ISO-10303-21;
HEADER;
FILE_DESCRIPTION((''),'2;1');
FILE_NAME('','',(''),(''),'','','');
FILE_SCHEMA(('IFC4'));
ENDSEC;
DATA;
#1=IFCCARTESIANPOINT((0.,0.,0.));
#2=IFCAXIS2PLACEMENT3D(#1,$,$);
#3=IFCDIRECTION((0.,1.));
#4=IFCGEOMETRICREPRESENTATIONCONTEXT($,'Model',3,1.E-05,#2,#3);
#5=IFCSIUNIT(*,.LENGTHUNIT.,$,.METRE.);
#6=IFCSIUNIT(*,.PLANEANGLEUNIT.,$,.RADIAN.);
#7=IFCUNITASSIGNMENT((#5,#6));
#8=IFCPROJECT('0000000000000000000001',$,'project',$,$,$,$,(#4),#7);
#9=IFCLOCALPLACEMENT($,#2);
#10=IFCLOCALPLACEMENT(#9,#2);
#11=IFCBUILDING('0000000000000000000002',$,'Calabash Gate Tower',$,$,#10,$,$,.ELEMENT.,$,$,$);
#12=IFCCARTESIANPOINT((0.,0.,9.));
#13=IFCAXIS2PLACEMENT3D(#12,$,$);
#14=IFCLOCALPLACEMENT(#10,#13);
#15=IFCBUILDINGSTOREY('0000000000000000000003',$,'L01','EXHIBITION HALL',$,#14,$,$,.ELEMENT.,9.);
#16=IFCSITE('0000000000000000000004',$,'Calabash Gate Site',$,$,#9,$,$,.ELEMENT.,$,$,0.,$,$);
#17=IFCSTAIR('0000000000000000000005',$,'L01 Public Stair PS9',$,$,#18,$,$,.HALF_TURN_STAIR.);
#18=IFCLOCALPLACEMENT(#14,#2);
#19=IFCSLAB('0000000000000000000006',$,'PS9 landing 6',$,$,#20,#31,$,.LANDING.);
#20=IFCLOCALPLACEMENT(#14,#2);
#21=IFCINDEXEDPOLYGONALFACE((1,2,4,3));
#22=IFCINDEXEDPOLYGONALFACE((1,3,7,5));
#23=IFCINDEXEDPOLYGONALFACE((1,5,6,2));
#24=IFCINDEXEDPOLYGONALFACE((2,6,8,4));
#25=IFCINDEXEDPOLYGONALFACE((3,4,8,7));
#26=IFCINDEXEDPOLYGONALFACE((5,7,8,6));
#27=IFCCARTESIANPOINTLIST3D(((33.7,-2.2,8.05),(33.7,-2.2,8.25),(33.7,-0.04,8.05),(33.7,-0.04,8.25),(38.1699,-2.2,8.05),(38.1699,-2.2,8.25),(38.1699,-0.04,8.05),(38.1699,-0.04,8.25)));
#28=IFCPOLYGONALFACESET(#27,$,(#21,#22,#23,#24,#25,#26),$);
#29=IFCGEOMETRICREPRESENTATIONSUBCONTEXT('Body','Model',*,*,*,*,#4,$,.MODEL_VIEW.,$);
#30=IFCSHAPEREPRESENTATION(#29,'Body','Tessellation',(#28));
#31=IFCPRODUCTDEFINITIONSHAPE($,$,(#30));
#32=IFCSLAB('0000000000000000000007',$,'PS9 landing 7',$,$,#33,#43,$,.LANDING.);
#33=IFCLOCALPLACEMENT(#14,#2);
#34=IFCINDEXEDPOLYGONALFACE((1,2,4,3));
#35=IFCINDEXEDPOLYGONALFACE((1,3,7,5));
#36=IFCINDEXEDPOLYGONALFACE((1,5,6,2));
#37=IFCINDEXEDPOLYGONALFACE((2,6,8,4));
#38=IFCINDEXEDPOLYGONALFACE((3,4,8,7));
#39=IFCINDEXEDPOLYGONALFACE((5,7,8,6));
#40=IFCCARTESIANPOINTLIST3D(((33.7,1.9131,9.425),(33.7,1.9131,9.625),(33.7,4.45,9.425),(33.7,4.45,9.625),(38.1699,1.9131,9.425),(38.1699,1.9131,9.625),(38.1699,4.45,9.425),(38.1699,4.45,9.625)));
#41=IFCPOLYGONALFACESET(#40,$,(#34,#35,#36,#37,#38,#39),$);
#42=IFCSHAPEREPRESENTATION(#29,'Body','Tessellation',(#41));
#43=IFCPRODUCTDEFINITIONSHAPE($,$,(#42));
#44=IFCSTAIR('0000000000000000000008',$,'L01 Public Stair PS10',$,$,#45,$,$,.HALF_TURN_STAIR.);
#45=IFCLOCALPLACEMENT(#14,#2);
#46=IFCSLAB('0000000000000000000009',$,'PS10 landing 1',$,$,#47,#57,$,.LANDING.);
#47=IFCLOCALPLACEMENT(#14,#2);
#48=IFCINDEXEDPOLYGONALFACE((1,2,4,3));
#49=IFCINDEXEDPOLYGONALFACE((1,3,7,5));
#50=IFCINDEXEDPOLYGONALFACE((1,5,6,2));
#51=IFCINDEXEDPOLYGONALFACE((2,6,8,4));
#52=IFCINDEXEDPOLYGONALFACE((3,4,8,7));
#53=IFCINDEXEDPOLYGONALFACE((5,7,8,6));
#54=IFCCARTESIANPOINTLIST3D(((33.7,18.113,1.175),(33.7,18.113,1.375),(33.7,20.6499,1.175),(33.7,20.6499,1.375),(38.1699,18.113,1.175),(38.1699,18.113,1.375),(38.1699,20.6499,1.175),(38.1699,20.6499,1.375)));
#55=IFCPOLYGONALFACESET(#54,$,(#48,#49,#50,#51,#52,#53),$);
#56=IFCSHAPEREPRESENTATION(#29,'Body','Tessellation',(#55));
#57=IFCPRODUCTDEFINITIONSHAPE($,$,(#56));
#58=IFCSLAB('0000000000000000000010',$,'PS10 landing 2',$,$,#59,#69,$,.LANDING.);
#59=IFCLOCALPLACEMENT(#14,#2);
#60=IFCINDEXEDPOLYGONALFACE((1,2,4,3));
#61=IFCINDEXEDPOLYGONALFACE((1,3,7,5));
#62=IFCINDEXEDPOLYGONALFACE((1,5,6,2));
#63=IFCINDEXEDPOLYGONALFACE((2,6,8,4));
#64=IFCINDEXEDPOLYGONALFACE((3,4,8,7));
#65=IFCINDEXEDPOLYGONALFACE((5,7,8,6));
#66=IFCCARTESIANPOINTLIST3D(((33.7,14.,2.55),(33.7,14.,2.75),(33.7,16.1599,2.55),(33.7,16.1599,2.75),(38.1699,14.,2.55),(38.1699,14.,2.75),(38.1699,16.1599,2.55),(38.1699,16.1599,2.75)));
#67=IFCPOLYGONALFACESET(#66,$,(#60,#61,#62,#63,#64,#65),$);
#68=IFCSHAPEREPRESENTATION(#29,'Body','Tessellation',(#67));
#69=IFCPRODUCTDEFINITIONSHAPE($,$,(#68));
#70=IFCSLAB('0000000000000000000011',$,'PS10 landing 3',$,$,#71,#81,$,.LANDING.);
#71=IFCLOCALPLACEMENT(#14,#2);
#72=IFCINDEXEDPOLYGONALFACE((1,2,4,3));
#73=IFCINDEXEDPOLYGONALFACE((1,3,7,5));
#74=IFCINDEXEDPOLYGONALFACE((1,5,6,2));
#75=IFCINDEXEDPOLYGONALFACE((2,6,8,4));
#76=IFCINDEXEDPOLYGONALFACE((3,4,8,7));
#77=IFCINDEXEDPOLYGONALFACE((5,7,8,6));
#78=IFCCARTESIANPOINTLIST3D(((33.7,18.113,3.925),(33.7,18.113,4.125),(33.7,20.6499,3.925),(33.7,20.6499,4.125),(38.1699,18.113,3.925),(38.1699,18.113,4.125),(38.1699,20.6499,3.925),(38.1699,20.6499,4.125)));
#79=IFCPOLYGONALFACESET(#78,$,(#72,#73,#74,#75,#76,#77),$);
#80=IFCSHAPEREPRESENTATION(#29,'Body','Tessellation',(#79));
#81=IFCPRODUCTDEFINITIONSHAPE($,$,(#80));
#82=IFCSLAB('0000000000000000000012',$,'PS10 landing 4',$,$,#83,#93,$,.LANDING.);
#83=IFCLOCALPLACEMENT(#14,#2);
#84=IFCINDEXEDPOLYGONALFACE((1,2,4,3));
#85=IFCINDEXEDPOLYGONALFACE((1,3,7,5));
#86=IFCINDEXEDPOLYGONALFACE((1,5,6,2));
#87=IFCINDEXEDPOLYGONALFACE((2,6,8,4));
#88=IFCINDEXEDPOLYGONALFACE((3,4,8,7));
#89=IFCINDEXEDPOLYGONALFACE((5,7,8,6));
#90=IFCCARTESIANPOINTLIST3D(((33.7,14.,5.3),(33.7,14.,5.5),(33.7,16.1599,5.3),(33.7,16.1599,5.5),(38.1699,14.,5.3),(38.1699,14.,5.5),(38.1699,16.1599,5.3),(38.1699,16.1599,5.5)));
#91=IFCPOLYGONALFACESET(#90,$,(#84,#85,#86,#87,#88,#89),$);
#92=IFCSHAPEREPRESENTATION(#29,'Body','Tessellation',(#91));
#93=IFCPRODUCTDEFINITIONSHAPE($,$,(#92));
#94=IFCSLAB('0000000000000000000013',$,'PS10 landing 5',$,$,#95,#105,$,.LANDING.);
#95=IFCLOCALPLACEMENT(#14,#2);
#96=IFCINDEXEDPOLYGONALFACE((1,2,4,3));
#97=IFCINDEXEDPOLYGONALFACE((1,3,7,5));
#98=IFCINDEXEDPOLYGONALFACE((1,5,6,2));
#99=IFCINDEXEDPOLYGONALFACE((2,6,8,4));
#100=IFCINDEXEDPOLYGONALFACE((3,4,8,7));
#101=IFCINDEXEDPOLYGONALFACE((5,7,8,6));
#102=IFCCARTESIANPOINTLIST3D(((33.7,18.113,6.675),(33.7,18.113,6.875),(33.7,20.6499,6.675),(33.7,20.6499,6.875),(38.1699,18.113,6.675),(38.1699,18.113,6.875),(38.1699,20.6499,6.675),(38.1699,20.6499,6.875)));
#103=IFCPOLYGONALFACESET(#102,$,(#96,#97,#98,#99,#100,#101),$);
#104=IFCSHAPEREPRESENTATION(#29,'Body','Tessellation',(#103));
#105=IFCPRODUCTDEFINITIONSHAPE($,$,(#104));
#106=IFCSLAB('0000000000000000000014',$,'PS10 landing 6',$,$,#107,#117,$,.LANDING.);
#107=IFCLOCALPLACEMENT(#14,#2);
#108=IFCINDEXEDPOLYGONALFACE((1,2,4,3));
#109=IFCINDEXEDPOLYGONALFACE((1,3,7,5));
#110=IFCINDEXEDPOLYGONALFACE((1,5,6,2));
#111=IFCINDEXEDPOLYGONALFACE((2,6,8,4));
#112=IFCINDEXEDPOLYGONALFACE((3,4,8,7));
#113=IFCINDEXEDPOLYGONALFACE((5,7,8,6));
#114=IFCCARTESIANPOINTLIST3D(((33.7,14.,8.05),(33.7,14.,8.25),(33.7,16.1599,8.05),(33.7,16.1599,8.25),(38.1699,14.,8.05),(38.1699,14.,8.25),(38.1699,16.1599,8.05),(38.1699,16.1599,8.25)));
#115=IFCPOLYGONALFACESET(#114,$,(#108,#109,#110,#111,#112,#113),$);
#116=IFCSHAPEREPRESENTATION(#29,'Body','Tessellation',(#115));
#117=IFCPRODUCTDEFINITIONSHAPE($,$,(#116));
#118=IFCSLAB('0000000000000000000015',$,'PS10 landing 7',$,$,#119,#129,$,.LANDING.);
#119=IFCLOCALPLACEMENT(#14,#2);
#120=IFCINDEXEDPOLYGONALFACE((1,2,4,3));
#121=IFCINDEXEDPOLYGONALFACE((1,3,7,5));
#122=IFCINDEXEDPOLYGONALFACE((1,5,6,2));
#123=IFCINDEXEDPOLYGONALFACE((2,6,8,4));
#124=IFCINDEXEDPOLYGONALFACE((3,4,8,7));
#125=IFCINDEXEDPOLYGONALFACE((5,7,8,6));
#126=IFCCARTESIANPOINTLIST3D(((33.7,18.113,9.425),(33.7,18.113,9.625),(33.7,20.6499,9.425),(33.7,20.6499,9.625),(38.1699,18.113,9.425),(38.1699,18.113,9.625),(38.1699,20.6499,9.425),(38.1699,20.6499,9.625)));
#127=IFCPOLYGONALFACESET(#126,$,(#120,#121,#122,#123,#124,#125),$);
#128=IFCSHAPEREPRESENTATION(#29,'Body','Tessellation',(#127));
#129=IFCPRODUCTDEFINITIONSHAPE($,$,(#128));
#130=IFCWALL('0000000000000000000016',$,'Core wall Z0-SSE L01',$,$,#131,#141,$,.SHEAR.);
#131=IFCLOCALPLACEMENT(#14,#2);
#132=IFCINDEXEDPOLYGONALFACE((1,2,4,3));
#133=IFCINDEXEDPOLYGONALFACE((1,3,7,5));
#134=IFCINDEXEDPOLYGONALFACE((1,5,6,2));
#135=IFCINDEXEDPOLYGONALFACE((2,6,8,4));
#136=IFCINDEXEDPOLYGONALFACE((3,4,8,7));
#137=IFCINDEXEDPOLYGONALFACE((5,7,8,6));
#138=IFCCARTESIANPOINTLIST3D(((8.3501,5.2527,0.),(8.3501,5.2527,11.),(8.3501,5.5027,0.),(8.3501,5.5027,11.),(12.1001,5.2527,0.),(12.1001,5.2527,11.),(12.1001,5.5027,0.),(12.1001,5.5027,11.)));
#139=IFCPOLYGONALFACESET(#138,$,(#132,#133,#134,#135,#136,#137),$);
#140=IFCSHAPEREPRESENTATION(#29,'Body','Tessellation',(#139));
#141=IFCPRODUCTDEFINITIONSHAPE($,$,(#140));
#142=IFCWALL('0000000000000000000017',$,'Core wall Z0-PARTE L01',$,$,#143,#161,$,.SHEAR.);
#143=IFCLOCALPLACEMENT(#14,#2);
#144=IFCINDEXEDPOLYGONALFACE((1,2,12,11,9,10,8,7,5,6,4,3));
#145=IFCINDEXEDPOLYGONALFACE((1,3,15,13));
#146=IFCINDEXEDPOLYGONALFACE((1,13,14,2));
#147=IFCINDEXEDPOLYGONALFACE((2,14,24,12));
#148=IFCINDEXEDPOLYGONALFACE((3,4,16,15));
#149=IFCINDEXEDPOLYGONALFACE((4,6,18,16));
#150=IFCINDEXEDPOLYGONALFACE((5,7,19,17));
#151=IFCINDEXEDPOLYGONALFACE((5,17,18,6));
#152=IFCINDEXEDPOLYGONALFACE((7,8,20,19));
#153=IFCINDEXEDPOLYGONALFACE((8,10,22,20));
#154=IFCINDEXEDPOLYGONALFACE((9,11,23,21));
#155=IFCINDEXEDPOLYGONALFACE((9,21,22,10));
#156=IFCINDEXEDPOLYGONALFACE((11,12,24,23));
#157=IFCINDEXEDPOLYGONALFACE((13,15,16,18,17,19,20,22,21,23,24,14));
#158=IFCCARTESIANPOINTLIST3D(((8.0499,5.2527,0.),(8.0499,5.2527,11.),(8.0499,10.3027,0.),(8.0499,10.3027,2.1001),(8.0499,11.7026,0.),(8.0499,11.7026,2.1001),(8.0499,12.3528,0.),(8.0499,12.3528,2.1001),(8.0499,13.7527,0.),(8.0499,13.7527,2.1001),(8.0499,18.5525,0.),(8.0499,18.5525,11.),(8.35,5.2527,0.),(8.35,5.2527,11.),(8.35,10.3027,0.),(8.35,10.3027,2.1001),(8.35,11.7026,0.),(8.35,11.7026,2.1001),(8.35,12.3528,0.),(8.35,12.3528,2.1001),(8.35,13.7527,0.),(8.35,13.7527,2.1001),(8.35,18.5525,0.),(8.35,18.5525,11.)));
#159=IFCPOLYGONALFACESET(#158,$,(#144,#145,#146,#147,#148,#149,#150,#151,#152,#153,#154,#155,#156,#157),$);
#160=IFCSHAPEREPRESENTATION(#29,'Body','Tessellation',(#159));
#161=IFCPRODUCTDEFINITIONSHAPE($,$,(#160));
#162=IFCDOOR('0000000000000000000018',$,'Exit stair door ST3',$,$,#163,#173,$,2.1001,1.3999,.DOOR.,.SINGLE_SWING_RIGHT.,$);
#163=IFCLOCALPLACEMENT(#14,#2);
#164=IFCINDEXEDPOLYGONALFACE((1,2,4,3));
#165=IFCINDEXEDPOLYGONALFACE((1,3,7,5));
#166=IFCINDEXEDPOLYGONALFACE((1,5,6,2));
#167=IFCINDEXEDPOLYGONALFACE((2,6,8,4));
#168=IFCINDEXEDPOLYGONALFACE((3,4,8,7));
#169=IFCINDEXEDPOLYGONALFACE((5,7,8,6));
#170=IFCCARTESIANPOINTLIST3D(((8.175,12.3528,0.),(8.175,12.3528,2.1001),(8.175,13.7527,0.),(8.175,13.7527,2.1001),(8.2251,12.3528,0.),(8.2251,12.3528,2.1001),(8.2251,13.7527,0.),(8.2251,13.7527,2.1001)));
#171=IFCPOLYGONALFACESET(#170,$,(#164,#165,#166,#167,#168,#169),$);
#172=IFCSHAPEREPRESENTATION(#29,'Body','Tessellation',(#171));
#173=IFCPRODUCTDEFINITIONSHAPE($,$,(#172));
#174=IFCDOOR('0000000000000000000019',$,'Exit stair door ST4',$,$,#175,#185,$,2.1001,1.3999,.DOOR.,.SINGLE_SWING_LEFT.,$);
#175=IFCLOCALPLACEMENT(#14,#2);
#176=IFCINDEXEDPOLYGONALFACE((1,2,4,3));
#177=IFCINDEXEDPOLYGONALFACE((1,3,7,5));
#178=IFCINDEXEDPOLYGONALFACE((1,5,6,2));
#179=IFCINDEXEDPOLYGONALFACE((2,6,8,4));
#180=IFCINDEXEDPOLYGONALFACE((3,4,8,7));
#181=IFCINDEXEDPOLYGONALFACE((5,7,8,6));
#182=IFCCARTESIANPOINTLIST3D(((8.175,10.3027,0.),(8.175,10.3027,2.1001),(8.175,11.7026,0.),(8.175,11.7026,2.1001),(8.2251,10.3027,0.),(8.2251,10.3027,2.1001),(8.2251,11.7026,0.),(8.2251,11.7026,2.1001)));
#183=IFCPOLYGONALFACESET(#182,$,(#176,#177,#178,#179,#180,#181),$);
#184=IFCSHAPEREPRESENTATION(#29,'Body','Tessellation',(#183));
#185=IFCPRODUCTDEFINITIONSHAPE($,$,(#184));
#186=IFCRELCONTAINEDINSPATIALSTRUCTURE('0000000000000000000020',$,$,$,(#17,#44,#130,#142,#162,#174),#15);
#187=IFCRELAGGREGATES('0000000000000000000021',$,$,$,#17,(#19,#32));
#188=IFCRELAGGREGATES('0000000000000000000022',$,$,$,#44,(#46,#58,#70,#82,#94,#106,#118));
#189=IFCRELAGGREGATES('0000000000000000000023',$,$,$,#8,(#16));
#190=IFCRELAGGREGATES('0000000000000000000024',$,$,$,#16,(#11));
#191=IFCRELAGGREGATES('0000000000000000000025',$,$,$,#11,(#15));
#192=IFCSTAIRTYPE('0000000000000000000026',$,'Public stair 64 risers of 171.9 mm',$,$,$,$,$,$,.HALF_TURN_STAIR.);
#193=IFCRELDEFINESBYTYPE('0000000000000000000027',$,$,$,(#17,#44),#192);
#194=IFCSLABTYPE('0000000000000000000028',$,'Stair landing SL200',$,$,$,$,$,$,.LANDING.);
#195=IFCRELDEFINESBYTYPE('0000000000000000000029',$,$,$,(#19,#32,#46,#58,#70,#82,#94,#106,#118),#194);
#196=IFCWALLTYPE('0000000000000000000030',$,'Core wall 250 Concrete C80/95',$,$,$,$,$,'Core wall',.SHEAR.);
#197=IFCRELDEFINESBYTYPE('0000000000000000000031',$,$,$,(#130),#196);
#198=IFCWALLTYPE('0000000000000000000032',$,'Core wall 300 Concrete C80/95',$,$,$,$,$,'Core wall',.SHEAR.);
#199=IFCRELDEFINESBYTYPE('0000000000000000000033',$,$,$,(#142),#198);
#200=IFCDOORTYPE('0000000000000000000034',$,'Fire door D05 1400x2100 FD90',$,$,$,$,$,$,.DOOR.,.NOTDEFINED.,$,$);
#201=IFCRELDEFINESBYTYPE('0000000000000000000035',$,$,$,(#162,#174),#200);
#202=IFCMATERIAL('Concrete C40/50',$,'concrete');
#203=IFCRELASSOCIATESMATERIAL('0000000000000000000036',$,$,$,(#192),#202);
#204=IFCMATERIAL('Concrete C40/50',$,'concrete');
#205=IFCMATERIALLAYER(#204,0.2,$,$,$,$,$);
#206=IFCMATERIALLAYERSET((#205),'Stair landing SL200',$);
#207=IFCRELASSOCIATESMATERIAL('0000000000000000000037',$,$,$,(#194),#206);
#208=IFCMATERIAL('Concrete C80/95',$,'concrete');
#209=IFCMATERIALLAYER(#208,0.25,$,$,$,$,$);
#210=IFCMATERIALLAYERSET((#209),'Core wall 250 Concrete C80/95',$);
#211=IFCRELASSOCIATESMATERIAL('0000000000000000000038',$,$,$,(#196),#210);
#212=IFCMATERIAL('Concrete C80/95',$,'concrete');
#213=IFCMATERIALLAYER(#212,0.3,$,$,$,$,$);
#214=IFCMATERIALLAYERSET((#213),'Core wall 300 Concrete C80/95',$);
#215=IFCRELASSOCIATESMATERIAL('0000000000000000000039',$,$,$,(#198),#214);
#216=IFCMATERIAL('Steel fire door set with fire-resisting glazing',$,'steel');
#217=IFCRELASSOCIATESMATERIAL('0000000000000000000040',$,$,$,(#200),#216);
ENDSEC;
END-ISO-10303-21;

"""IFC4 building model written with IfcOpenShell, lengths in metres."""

from ifc_helpers import new_model, si_unit, direction, frame, frame_2d, origin, place, context, subcontext, project, spatial, polyline, rectangle, outline, extrude, material, layer, layer_set, type_object, element, fill, aggregate, save


model = new_model("IFC4")

# Units and contexts
model_context = context("Model", 3, precision=1e-05, world=origin(), true_north=direction((0.0, 1.0)))
body_context = subcontext(model_context, "Body", "Model", "MODEL_VIEW")
ifc_project = project(units=[si_unit("LENGTHUNIT", "METRE"), si_unit("PLANEANGLEUNIT", "RADIAN")], contexts=[model_context])

# Site, building, storey
site_placement = place(None, origin())
site = spatial("IfcSite", under=ifc_project, at=site_placement, Name="Calabash Gate Site", CompositionType="ELEMENT", RefElevation=0.0)
building_placement = place(site_placement, origin())
building = spatial("IfcBuilding", under=site, at=building_placement, Name="Calabash Gate Tower", CompositionType="ELEMENT")
storey_placement = place(building_placement, frame((0.0, 0.0, 9.0)))
storey = spatial("IfcBuildingStorey", under=building, at=storey_placement, Name="L01", Description="EXHIBITION HALL", CompositionType="ELEMENT", Elevation=9.0)

# Stairs, slabs
ifc_material_1 = material(Name="Concrete C40/50", Category="concrete")
stair_type = type_object("IfcStairType", Name="Public stair 64 risers of 171.9 mm", PredefinedType="HALF_TURN_STAIR", material=ifc_material_1)
ifc_material_2 = material(Name="Concrete C40/50", Category="concrete")
ifc_layer_1 = layer(ifc_material_2, 0.2)
ifc_layer_set_1 = layer_set([ifc_layer_1], Name="Stair landing SL200")
slab_type = type_object("IfcSlabType", Name="Stair landing SL200", PredefinedType="LANDING", material=ifc_layer_set_1)
stair_1_placement = place(storey_placement, origin())
stair_1 = element("IfcStair", 1, at=stair_1_placement, inside=storey, type_object=stair_type, Name="L01 Public Stair PS9", PredefinedType="HALF_TURN_STAIR")
slab_1_placement = place(storey_placement, frame((0.0, 0.0, 8.05)))
slab_1 = element("IfcSlab", 2, at=slab_1_placement, type_object=slab_type, Name="PS9 landing 6", PredefinedType="LANDING", context=body_context, shape_type="SweptSolid", body=[
    extrude(outline(polyline([(38.1699, -2.2), (38.1699, -0.04), (33.7, -0.04), (33.7, -2.2), (38.1699, -2.2)])), origin(), (0.0, 0.0, 1.0), 0.2),
])
slab_2_placement = place(storey_placement, frame((0.0, 0.0, 9.425)))
slab_2 = element("IfcSlab", 3, at=slab_2_placement, type_object=slab_type, Name="PS9 landing 7", PredefinedType="LANDING", context=body_context, shape_type="SweptSolid", body=[
    extrude(outline(polyline([(38.1699, 1.9131), (38.1699, 4.45), (33.7, 4.45), (33.7, 1.9131), (38.1699, 1.9131)])), origin(), (0.0, 0.0, 1.0), 0.2),
])
aggregate(stair_1, [slab_1, slab_2])
stair_2_placement = place(storey_placement, origin())
stair_2 = element("IfcStair", 4, at=stair_2_placement, inside=storey, type_object=stair_type, Name="L01 Public Stair PS10", PredefinedType="HALF_TURN_STAIR")
slab_3_placement = place(storey_placement, frame((0.0, 0.0, 1.175)))
slab_3 = element("IfcSlab", 5, at=slab_3_placement, type_object=slab_type, Name="PS10 landing 1", PredefinedType="LANDING", context=body_context, shape_type="SweptSolid", body=[
    extrude(outline(polyline([(38.1699, 18.113), (38.1699, 20.6499), (33.7, 20.6499), (33.7, 18.113), (38.1699, 18.113)])), origin(), (0.0, 0.0, 1.0), 0.2),
])
slab_4_placement = place(storey_placement, frame((0.0, 0.0, 2.55)))
slab_4 = element("IfcSlab", 6, at=slab_4_placement, type_object=slab_type, Name="PS10 landing 2", PredefinedType="LANDING", context=body_context, shape_type="SweptSolid", body=[
    extrude(outline(polyline([(38.1699, 14.0), (38.1699, 16.1599), (33.7, 16.1599), (33.7, 14.0), (38.1699, 14.0)])), origin(), (0.0, 0.0, 1.0), 0.2),
])
slab_5_placement = place(storey_placement, frame((0.0, 0.0, 3.925)))
slab_5 = element("IfcSlab", 7, at=slab_5_placement, type_object=slab_type, Name="PS10 landing 3", PredefinedType="LANDING", context=body_context, shape_type="SweptSolid", body=[
    extrude(outline(polyline([(38.1699, 18.113), (38.1699, 20.6499), (33.7, 20.6499), (33.7, 18.113), (38.1699, 18.113)])), origin(), (0.0, 0.0, 1.0), 0.2),
])
slab_6_placement = place(storey_placement, frame((0.0, 0.0, 5.3)))
slab_6 = element("IfcSlab", 8, at=slab_6_placement, type_object=slab_type, Name="PS10 landing 4", PredefinedType="LANDING", context=body_context, shape_type="SweptSolid", body=[
    extrude(outline(polyline([(38.1699, 14.0), (38.1699, 16.1599), (33.7, 16.1599), (33.7, 14.0), (38.1699, 14.0)])), origin(), (0.0, 0.0, 1.0), 0.2),
])
slab_7_placement = place(storey_placement, frame((0.0, 0.0, 6.675)))
slab_7 = element("IfcSlab", 9, at=slab_7_placement, type_object=slab_type, Name="PS10 landing 5", PredefinedType="LANDING", context=body_context, shape_type="SweptSolid", body=[
    extrude(outline(polyline([(38.1699, 18.113), (38.1699, 20.6499), (33.7, 20.6499), (33.7, 18.113), (38.1699, 18.113)])), origin(), (0.0, 0.0, 1.0), 0.2),
])
slab_8_placement = place(storey_placement, frame((0.0, 0.0, 8.05)))
slab_8 = element("IfcSlab", 10, at=slab_8_placement, type_object=slab_type, Name="PS10 landing 6", PredefinedType="LANDING", context=body_context, shape_type="SweptSolid", body=[
    extrude(outline(polyline([(38.1699, 14.0), (38.1699, 16.1599), (33.7, 16.1599), (33.7, 14.0), (38.1699, 14.0)])), origin(), (0.0, 0.0, 1.0), 0.2),
])
slab_9_placement = place(storey_placement, frame((0.0, 0.0, 9.425)))
slab_9 = element("IfcSlab", 11, at=slab_9_placement, type_object=slab_type, Name="PS10 landing 7", PredefinedType="LANDING", context=body_context, shape_type="SweptSolid", body=[
    extrude(outline(polyline([(38.1699, 18.113), (38.1699, 20.6499), (33.7, 20.6499), (33.7, 18.113), (38.1699, 18.113)])), origin(), (0.0, 0.0, 1.0), 0.2),
])
aggregate(stair_2, [slab_3, slab_4, slab_5, slab_6, slab_7, slab_8, slab_9])

# Wall
ifc_material_3 = material(Name="Concrete C80/95", Category="concrete")
ifc_layer_2 = layer(ifc_material_3, 0.25)
ifc_layer_set_2 = layer_set([ifc_layer_2], Name="Core wall 250 Concrete C80/95")
wall_type_1 = type_object("IfcWallType", Name="Core wall 250 Concrete C80/95", ElementType="Core wall", PredefinedType="SHEAR", material=ifc_layer_set_2)
wall_1_placement = place(storey_placement, frame((8.3501, 5.3777, 0.0), z_axis=(0.0, 0.0, 1.0), x_axis=(1.0, 0.0, 0.0)))
element("IfcWall", 12, at=wall_1_placement, inside=storey, type_object=wall_type_1, Name="Core wall Z0-SSE L01", PredefinedType="SHEAR", context=body_context, shape_type="SweptSolid", body=[
    extrude(rectangle(XDim=3.75, YDim=0.25, at=frame_2d((1.875, 0.0))), origin(), (0.0, 0.0, 1.0), 11.0),
])

# Wall, openings, doors
ifc_material_4 = material(Name="Concrete C80/95", Category="concrete")
ifc_layer_3 = layer(ifc_material_4, 0.3)
ifc_layer_set_3 = layer_set([ifc_layer_3], Name="Core wall 300 Concrete C80/95")
wall_type_2 = type_object("IfcWallType", Name="Core wall 300 Concrete C80/95", ElementType="Core wall", PredefinedType="SHEAR", material=ifc_layer_set_3)
wall_2_placement = place(storey_placement, frame((8.2, 5.2527, 0.0), z_axis=(0.0, 0.0, 1.0), x_axis=(0.0, 1.0, 0.0)))
wall_2 = element("IfcWall", 13, at=wall_2_placement, inside=storey, type_object=wall_type_2, Name="Core wall Z0-PARTE L01", PredefinedType="SHEAR", context=body_context, shape_type="SweptSolid", body=[
    extrude(rectangle(XDim=13.2998, YDim=0.3, at=frame_2d((6.6499, 0.0))), origin(), (0.0, 0.0, 1.0), 11.0),
])
opening_1_placement = place(wall_2_placement, frame((7.1001, 0.0, 0.0)))
opening_1 = element("IfcOpeningElement", 14, at=opening_1_placement, cuts=wall_2, PredefinedType="OPENING", context=body_context, shape_type="SweptSolid", body=[
    extrude(rectangle(XDim=1.3999, YDim=2.1001, at=frame_2d((0.7, 1.05))), frame((0.0, 0.1599, 0.0), z_axis=(0.0, -1.0, 0.0), x_axis=(1.0, 0.0, 0.0)), (0.0, 0.0, 1.0), 0.3201),
])
opening_2_placement = place(wall_2_placement, frame((5.05, 0.0, 0.0)))
opening_2 = element("IfcOpeningElement", 15, at=opening_2_placement, cuts=wall_2, PredefinedType="OPENING", context=body_context, shape_type="SweptSolid", body=[
    extrude(rectangle(XDim=1.3999, YDim=2.1001, at=frame_2d((0.7, 1.05))), frame((0.0, 0.1599, 0.0), z_axis=(0.0, -1.0, 0.0), x_axis=(1.0, 0.0, 0.0)), (0.0, 0.0, 1.0), 0.3201),
])
ifc_material_5 = material(Name="Steel fire door set with fire-resisting glazing", Category="steel")
door_type = type_object("IfcDoorType", Name="Fire door D05 1400x2100 FD90", OperationType="NOTDEFINED", PredefinedType="DOOR", material=ifc_material_5)
door_1_placement = place(opening_1_placement, origin())
door_1 = element("IfcDoor", 16, at=door_1_placement, inside=storey, type_object=door_type, Name="Exit stair door ST3", OperationType="SINGLE_SWING_RIGHT", OverallHeight=2.1001, OverallWidth=1.3999, PredefinedType="DOOR", context=body_context, shape_type="SweptSolid", body=[
    extrude(rectangle(XDim=1.3999, YDim=2.1001, at=frame_2d((0.7, 1.05))), frame((0.0, 0.0249, 0.0), z_axis=(0.0, -1.0, 0.0), x_axis=(1.0, 0.0, 0.0)), (0.0, 0.0, 1.0), 0.05),
])
fill(opening_1, door_1)
door_2_placement = place(opening_2_placement, origin())
door_2 = element("IfcDoor", 17, at=door_2_placement, inside=storey, type_object=door_type, Name="Exit stair door ST4", OperationType="SINGLE_SWING_LEFT", OverallHeight=2.1001, OverallWidth=1.3999, PredefinedType="DOOR", context=body_context, shape_type="SweptSolid", body=[
    extrude(rectangle(XDim=1.3999, YDim=2.1001, at=frame_2d((0.7, 1.05))), frame((0.0, 0.0249, 0.0), z_axis=(0.0, -1.0, 0.0), x_axis=(1.0, 0.0, 0.0)), (0.0, 0.0, 1.0), 0.05),
])
fill(opening_2, door_2)

save(model, "model.ifc")
